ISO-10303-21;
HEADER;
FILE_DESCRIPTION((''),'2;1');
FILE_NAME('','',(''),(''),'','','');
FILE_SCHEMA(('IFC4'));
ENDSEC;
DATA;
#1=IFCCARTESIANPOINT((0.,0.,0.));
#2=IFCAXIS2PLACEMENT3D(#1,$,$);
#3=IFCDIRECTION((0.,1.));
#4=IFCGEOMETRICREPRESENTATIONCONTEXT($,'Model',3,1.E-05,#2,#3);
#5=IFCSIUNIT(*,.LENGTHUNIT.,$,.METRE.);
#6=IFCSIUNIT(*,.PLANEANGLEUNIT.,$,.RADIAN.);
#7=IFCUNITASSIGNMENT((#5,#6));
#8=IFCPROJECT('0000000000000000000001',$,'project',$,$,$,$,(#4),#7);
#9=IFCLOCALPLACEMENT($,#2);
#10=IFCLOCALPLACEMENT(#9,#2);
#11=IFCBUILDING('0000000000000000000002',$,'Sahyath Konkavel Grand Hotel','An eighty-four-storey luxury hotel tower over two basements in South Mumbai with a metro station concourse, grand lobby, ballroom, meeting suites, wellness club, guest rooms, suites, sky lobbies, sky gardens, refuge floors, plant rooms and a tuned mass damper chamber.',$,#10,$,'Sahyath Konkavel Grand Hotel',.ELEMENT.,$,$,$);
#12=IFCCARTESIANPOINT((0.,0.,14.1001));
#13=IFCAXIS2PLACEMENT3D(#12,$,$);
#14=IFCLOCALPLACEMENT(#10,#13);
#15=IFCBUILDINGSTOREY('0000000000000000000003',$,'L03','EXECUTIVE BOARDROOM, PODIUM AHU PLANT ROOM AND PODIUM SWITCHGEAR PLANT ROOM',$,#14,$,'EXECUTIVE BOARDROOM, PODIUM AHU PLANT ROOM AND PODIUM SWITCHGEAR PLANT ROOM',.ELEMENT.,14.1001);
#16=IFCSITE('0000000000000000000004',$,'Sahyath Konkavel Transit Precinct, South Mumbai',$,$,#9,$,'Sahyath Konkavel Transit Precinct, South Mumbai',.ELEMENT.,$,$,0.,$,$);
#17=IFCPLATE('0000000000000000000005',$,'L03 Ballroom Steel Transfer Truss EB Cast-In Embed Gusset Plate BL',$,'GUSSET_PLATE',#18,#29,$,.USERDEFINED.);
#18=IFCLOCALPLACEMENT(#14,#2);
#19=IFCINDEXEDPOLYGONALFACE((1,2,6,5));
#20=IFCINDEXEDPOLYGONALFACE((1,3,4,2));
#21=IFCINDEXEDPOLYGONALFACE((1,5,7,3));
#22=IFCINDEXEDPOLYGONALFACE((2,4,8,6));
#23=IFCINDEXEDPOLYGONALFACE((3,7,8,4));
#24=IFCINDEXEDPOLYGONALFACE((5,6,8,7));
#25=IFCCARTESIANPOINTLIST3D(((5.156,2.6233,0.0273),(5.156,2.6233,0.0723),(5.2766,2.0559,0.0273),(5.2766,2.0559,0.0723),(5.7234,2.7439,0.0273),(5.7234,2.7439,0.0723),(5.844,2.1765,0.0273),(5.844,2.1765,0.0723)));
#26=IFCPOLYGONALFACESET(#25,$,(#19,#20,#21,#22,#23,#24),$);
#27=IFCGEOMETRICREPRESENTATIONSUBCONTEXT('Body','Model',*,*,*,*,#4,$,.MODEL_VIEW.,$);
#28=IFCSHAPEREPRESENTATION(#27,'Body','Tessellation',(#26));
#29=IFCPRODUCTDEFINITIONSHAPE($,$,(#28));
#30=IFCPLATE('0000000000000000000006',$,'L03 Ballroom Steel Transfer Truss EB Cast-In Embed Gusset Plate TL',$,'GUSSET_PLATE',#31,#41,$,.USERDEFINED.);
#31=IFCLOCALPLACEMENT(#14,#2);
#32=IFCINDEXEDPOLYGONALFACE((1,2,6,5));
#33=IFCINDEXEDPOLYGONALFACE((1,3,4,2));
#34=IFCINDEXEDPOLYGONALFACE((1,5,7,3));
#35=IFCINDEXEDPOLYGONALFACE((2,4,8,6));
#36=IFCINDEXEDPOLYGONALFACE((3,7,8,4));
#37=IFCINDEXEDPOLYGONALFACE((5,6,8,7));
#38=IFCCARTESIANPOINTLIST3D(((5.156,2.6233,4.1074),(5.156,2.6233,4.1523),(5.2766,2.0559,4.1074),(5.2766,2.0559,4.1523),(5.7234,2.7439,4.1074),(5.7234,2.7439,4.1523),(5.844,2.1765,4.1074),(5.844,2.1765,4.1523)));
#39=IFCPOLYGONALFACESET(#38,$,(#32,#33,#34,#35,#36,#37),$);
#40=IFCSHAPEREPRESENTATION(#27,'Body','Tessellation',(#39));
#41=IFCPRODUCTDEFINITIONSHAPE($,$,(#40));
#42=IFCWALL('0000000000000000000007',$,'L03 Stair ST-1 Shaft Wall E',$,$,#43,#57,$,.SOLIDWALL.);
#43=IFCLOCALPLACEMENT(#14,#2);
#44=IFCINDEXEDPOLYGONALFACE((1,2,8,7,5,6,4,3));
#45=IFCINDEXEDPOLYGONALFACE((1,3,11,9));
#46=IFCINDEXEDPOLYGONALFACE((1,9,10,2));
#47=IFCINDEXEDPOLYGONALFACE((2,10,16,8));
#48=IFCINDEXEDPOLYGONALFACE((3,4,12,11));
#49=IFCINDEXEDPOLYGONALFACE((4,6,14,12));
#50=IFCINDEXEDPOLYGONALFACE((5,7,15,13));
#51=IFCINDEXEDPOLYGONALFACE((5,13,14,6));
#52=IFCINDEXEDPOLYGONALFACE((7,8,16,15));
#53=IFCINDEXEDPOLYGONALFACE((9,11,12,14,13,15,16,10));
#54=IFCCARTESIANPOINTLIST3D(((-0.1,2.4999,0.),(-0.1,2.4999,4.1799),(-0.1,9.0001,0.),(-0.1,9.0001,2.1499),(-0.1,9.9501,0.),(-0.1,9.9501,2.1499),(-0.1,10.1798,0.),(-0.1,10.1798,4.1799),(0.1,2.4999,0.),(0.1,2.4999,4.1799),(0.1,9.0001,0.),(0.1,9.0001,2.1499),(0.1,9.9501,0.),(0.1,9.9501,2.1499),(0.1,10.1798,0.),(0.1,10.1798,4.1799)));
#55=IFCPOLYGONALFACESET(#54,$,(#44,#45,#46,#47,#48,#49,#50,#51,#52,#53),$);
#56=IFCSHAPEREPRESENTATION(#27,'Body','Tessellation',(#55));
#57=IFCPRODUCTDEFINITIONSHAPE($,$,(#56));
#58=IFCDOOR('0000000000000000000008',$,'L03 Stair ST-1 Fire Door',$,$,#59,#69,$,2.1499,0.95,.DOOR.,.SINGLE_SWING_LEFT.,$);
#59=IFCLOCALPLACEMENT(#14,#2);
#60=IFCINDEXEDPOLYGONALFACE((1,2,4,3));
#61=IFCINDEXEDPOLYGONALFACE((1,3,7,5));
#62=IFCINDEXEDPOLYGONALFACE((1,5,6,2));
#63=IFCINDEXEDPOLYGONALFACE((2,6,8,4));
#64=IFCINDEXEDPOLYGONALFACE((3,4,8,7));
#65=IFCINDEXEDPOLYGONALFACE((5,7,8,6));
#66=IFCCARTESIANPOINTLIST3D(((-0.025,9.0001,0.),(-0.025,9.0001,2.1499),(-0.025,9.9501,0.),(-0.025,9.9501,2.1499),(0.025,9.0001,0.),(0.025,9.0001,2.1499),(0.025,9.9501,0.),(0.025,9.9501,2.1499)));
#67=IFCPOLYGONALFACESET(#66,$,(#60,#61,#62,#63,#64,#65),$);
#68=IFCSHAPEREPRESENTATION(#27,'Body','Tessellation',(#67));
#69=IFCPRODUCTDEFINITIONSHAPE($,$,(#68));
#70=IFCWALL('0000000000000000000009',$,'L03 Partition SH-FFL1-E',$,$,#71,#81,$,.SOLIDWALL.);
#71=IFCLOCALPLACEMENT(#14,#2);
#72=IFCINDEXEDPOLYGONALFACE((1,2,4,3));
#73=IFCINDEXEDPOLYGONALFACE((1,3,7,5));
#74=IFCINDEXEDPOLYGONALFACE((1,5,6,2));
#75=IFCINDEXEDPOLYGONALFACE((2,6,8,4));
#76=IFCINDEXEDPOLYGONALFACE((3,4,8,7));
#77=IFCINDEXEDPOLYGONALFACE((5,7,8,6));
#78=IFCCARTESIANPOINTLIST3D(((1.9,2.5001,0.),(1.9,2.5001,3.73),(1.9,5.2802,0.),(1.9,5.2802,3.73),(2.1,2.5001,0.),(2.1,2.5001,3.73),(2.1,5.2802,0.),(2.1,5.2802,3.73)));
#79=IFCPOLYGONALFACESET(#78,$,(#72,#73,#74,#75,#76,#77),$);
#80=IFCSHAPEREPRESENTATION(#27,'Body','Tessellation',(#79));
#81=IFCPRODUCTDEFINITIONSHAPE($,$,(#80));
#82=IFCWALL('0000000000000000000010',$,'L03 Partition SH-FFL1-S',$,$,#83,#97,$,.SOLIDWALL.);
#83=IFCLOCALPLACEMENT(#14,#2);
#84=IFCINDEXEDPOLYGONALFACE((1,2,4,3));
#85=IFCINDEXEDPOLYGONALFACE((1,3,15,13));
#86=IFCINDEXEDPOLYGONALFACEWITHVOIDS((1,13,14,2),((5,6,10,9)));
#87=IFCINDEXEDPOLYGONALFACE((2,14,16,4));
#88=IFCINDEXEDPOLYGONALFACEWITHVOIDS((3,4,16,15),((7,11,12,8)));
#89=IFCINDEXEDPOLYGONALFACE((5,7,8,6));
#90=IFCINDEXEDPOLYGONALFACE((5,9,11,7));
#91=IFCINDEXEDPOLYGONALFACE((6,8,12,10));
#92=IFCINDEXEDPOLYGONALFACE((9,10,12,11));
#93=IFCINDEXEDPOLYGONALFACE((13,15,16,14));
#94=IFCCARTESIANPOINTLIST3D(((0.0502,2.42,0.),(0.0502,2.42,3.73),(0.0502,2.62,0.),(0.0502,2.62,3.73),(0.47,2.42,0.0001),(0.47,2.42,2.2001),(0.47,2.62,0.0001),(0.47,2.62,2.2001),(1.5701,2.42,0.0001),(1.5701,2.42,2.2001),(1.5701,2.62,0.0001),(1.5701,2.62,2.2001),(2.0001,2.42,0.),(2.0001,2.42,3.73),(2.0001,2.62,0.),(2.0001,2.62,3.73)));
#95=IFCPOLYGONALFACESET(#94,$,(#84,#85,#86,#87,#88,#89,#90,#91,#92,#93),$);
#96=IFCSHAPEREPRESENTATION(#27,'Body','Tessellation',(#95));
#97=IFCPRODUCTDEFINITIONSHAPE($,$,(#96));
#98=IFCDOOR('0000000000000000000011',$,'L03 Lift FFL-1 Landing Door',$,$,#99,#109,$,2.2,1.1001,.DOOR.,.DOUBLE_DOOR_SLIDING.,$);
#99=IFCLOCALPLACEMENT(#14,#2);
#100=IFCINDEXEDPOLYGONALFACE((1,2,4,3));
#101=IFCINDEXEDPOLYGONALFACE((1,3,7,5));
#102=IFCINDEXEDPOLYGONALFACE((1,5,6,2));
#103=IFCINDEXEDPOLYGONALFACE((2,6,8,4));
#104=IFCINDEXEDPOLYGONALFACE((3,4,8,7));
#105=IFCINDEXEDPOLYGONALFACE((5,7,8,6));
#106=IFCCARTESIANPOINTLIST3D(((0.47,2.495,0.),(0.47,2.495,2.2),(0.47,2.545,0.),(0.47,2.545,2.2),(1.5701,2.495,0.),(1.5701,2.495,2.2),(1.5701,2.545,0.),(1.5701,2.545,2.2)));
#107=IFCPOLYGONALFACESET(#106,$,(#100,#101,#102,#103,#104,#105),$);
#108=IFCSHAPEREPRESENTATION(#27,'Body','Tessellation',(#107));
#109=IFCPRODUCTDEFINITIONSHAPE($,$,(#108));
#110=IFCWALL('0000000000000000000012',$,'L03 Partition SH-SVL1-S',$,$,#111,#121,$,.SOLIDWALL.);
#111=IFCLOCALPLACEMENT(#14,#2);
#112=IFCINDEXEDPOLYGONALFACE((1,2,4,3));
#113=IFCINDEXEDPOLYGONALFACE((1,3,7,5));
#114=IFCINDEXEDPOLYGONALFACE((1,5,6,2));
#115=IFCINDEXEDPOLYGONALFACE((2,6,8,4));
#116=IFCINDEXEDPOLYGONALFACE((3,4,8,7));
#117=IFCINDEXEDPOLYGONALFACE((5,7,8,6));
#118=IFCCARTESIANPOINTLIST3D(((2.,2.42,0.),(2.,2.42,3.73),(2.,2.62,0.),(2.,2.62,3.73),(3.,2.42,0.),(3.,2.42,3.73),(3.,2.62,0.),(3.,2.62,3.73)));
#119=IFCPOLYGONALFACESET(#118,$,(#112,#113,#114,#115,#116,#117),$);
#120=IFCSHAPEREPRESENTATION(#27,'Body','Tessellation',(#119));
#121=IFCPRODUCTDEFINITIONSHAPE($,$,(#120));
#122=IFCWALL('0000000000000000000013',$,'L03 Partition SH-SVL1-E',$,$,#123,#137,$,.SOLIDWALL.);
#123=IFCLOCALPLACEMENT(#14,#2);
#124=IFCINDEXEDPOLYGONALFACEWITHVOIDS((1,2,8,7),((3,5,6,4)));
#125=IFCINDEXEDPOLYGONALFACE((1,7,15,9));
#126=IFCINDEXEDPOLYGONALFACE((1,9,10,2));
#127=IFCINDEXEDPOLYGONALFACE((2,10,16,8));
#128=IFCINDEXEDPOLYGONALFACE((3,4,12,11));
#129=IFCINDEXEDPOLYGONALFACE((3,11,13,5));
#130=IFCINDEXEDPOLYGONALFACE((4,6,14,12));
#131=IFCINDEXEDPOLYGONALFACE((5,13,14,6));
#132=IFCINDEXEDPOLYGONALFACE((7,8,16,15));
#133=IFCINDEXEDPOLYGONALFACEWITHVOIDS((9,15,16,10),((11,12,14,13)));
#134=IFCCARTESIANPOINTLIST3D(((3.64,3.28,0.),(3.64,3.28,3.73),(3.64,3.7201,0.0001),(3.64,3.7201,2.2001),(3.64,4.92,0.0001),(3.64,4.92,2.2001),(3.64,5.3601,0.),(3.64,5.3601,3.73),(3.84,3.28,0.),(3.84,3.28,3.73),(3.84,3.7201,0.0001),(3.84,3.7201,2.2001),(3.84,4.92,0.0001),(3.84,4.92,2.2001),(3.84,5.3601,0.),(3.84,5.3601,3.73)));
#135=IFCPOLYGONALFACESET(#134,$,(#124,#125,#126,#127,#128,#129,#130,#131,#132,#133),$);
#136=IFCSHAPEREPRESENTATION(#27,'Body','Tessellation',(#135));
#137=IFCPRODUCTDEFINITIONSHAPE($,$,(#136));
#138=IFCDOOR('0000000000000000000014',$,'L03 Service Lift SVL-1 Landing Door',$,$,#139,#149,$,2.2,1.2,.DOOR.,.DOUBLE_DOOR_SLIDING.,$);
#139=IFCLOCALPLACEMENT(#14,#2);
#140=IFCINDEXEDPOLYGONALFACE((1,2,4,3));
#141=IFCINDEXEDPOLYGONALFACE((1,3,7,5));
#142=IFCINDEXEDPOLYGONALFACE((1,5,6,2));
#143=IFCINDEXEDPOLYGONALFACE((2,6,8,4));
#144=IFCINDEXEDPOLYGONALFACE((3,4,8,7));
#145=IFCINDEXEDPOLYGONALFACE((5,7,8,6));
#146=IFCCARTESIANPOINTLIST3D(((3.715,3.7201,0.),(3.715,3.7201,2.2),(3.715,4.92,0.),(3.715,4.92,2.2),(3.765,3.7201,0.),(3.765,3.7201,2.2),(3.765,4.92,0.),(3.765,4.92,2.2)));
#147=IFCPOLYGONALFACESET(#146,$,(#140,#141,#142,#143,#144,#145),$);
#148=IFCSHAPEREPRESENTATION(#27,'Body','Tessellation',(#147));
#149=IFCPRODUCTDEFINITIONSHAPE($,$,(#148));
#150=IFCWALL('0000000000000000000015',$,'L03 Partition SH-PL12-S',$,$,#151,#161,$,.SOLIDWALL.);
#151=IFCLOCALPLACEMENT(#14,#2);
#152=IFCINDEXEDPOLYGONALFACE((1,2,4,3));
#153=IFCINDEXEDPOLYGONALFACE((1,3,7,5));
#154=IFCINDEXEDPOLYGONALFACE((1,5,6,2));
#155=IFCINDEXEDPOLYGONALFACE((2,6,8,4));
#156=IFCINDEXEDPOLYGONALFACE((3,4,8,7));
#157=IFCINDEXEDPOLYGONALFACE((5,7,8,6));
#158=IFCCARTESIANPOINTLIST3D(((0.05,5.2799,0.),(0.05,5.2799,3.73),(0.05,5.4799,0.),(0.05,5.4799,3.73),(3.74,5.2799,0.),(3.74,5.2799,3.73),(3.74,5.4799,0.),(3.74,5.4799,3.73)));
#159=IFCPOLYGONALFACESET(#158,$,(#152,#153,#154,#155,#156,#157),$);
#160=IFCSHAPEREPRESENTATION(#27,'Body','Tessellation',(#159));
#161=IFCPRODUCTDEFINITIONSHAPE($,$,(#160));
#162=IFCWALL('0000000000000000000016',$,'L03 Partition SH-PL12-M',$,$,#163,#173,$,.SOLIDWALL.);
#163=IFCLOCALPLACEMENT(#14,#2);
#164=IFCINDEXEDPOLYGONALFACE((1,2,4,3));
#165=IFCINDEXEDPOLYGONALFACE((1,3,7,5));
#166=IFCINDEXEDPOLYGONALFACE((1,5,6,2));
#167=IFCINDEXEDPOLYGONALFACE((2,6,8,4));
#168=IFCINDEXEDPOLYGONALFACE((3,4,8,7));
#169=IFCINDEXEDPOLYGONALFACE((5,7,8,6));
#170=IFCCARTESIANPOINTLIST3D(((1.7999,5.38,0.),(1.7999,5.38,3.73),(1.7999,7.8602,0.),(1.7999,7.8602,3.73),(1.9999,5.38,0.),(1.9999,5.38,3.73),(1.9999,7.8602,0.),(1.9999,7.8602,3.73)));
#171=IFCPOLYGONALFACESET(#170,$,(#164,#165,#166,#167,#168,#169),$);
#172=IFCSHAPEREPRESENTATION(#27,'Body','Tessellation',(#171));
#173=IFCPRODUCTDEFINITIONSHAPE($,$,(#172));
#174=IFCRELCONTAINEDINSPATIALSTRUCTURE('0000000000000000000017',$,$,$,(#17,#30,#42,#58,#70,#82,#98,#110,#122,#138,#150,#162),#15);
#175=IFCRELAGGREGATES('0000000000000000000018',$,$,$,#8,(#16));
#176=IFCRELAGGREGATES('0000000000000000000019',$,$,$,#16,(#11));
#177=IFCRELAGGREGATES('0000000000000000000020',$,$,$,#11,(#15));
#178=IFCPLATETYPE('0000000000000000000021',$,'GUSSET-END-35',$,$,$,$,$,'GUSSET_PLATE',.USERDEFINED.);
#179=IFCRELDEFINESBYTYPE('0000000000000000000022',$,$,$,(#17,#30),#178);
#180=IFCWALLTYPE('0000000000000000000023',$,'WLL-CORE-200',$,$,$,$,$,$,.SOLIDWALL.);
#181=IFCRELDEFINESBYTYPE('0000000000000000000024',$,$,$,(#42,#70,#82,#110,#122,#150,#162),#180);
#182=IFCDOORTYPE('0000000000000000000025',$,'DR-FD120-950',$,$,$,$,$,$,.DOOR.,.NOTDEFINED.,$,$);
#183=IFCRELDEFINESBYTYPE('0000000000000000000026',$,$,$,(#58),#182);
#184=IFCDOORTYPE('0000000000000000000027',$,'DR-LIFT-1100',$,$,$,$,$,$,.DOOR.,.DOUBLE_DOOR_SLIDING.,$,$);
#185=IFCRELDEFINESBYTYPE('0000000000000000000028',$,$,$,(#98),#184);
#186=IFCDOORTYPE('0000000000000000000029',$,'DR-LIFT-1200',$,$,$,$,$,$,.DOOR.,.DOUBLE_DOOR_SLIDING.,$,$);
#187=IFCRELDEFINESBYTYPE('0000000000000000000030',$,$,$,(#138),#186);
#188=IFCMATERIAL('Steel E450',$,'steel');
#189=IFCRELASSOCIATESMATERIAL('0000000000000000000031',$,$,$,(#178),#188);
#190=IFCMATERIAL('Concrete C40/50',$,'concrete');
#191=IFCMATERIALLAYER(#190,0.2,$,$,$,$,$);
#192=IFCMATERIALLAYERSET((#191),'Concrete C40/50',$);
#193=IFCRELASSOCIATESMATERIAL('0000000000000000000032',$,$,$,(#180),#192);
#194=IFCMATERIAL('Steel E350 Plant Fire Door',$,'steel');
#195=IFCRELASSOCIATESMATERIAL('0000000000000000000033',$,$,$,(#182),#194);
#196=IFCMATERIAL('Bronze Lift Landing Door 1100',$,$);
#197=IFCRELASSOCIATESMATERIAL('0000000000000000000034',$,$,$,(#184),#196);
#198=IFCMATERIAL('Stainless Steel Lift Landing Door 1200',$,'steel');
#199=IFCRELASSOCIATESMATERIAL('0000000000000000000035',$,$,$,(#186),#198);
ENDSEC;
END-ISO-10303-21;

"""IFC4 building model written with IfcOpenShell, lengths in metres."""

from ifc_helpers import new_model, si_unit, direction, frame, frame_2d, origin, origin_2d, place, context, subcontext, project, spatial, rectangle, extrude, source, transform, mapped, material, layer, layer_set, type_object, element, fill, save


model = new_model("IFC4")

# Units and contexts
model_context = context("Model", 3, precision=1e-05, world=origin(), true_north=direction((0.0, 1.0)))
body_context = subcontext(model_context, "Body", "Model", "MODEL_VIEW")
ifc_project = project(units=[si_unit("LENGTHUNIT", "METRE"), si_unit("PLANEANGLEUNIT", "RADIAN")], contexts=[model_context])

# Site, building, storey
site_placement = place(None, origin())
site = spatial("IfcSite", under=ifc_project, at=site_placement, Name="Sahyath Konkavel Transit Precinct, South Mumbai", LongName="Sahyath Konkavel Transit Precinct, South Mumbai", CompositionType="ELEMENT", RefElevation=0.0)
building_placement = place(site_placement, origin())
building = spatial("IfcBuilding", under=site, at=building_placement, Name="Sahyath Konkavel Grand Hotel", Description="An eighty-four-storey luxury hotel tower over two basements in South Mumbai with a metro station concourse, grand lobby, ballroom, meeting suites, wellness club, guest rooms, suites, sky lobbies, sky gardens, refuge floors, plant rooms and a tuned mass damper chamber.", LongName="Sahyath Konkavel Grand Hotel", CompositionType="ELEMENT")
storey_placement = place(building_placement, frame((0.0, 0.0, 14.1001)))
storey = spatial("IfcBuildingStorey", under=building, at=storey_placement, Name="L03", Description="EXECUTIVE BOARDROOM, PODIUM AHU PLANT ROOM AND PODIUM SWITCHGEAR PLANT ROOM", LongName="EXECUTIVE BOARDROOM, PODIUM AHU PLANT ROOM AND PODIUM SWITCHGEAR PLANT ROOM", CompositionType="ELEMENT", Elevation=14.1001)

# Shared definitions
ifc_material_1 = material(Name="Steel E450", Category="steel")

# Plates
plate_type = type_object("IfcPlateType", Name="GUSSET-END-35", ElementType="GUSSET_PLATE", PredefinedType="USERDEFINED", material=ifc_material_1)
shared_shape_1 = source(origin(), body_context, "Body", "SweptSolid", [
    extrude(rectangle(XDim=0.5801, YDim=0.5801, at=origin_2d()), origin(), (0.0, 0.0, 1.0), 0.0449),
])
for number, where, z_axis, x_axis, name in (
    (1, (5.5, 2.3999, 0.0273), (0.0, 0.0, 1.0), (0.978144, 0.207929, 0.0), "L03 Ballroom Steel Transfer Truss EB Cast-In Embed Gusset Plate BL"),
    (2, (5.5, 2.3999, 4.1074), (0.0, 0.0, 1.0), (0.978144, 0.207929, 0.0), "L03 Ballroom Steel Transfer Truss EB Cast-In Embed Gusset Plate TL"),
):
    element("IfcPlate", number, at=place(storey_placement, frame(where, z_axis=z_axis, x_axis=x_axis)), inside=storey, type_object=plate_type, Name=name, ObjectType="GUSSET_PLATE", PredefinedType="USERDEFINED", context=body_context, shape_type="MappedRepresentation", body=[
        mapped(shared_shape_1, transform((0.0, 0.0, 0.0), scale=1.0)),
    ])

# Wall, opening, door
ifc_material_2 = material(Name="Concrete C40/50", Category="concrete")
ifc_layer_1 = layer(ifc_material_2, 0.2)
ifc_layer_set_1 = layer_set([ifc_layer_1], Name="Concrete C40/50")
wall_type_1 = type_object("IfcWallType", Name="WLL-CORE-200", PredefinedType="SOLIDWALL", material=ifc_layer_set_1)
wall_1_placement = place(storey_placement, frame((0.0, 2.5, 0.0), z_axis=(0.0, 0.0, 1.0), x_axis=(0.0, 1.0, 0.0)))
wall_1 = element("IfcWall", 3, at=wall_1_placement, inside=storey, type_object=wall_type_1, Name="L03 Stair ST-1 Shaft Wall E", PredefinedType="SOLIDWALL", context=body_context, shape_type="SweptSolid", body=[
    extrude(rectangle(XDim=7.6799, YDim=0.2, at=frame_2d((3.8398, 0.0))), origin(), (0.0, 0.0, 1.0), 4.1799),
])
opening_1_placement = place(wall_1_placement, frame((6.5, 0.0, 0.0)))
opening_1 = element("IfcOpeningElement", 4, at=opening_1_placement, cuts=wall_1, PredefinedType="OPENING", context=body_context, shape_type="SweptSolid", body=[
    extrude(rectangle(XDim=0.95, YDim=2.1499, at=frame_2d((0.4751, 1.075))), frame((0.0, 0.1099, 0.0), z_axis=(0.0, -1.0, 0.0), x_axis=(1.0, 0.0, 0.0)), (0.0, 0.0, 1.0), 0.22),
])
ifc_material_3 = material(Name="Steel E350 Plant Fire Door", Category="steel")
door_type_1 = type_object("IfcDoorType", Name="DR-FD120-950", OperationType="NOTDEFINED", PredefinedType="DOOR", material=ifc_material_3)
shared_shape_2 = source(origin(), body_context, "Body", "SweptSolid", [
    extrude(rectangle(XDim=0.95, YDim=0.05, at=origin_2d()), origin(), (0.0, 0.0, 1.0), 2.1499),
])
door_1_placement = place(opening_1_placement, frame((0.4751, 0.0, 0.0)))
door_1 = element("IfcDoor", 5, at=door_1_placement, inside=storey, type_object=door_type_1, Name="L03 Stair ST-1 Fire Door", OperationType="SINGLE_SWING_LEFT", OverallHeight=2.1499, OverallWidth=0.95, PredefinedType="DOOR", context=body_context, shape_type="MappedRepresentation", body=[
    mapped(shared_shape_2, transform((0.0, 0.0, 0.0), scale=1.0)),
])
fill(opening_1, door_1)

# Wall
wall_2_placement = place(storey_placement, frame((2.0, 2.5, 0.0), z_axis=(0.0, 0.0, 1.0), x_axis=(0.0, 1.0, 0.0)))
element("IfcWall", 6, at=wall_2_placement, inside=storey, type_object=wall_type_1, Name="L03 Partition SH-FFL1-E", PredefinedType="SOLIDWALL", context=body_context, shape_type="SweptSolid", body=[
    extrude(rectangle(XDim=2.78, YDim=0.2, at=frame_2d((1.3901, 0.0))), origin(), (0.0, 0.0, 1.0), 3.73),
])

# Wall, opening, door
wall_3_placement = place(storey_placement, frame((0.05, 2.52, 0.0), z_axis=(0.0, 0.0, 1.0), x_axis=(1.0, 0.0, 0.0)))
wall_3 = element("IfcWall", 7, at=wall_3_placement, inside=storey, type_object=wall_type_1, Name="L03 Partition SH-FFL1-S", PredefinedType="SOLIDWALL", context=body_context, shape_type="SweptSolid", body=[
    extrude(rectangle(XDim=1.95, YDim=0.2, at=frame_2d((0.9751, 0.0))), origin(), (0.0, 0.0, 1.0), 3.73),
])
opening_2_placement = place(wall_3_placement, frame((0.4199, 0.0, 0.0)))
opening_2 = element("IfcOpeningElement", 8, at=opening_2_placement, cuts=wall_3, PredefinedType="OPENING", context=body_context, shape_type="SweptSolid", body=[
    extrude(rectangle(XDim=1.1001, YDim=2.2, at=frame_2d((0.55, 1.1001))), frame((0.0, 0.1099, 0.0), z_axis=(0.0, -1.0, 0.0), x_axis=(1.0, 0.0, 0.0)), (0.0, 0.0, 1.0), 0.22),
])
ifc_material_4 = material(Name="Bronze Lift Landing Door 1100")
door_type_2 = type_object("IfcDoorType", Name="DR-LIFT-1100", OperationType="DOUBLE_DOOR_SLIDING", PredefinedType="DOOR", material=ifc_material_4)
shared_shape_3 = source(origin(), body_context, "Body", "SweptSolid", [
    extrude(rectangle(XDim=1.1001, YDim=0.05, at=origin_2d()), origin(), (0.0, 0.0, 1.0), 2.2),
])
door_2_placement = place(opening_2_placement, frame((0.55, 0.0, 0.0)))
door_2 = element("IfcDoor", 9, at=door_2_placement, inside=storey, type_object=door_type_2, Name="L03 Lift FFL-1 Landing Door", OperationType="DOUBLE_DOOR_SLIDING", OverallHeight=2.2, OverallWidth=1.1001, PredefinedType="DOOR", context=body_context, shape_type="MappedRepresentation", body=[
    mapped(shared_shape_3, transform((0.0, 0.0, 0.0), scale=1.0)),
])
fill(opening_2, door_2)

# Wall
wall_4_placement = place(storey_placement, frame((2.0, 2.52, 0.0), z_axis=(0.0, 0.0, 1.0), x_axis=(1.0, 0.0, 0.0)))
element("IfcWall", 10, at=wall_4_placement, inside=storey, type_object=wall_type_1, Name="L03 Partition SH-SVL1-S", PredefinedType="SOLIDWALL", context=body_context, shape_type="SweptSolid", body=[
    extrude(rectangle(XDim=1.0, YDim=0.2, at=frame_2d((0.5, 0.0))), origin(), (0.0, 0.0, 1.0), 3.73),
])

# Wall, opening, door
wall_5_placement = place(storey_placement, frame((3.74, 3.28, 0.0), z_axis=(0.0, 0.0, 1.0), x_axis=(0.0, 1.0, 0.0)))
wall_5 = element("IfcWall", 11, at=wall_5_placement, inside=storey, type_object=wall_type_1, Name="L03 Partition SH-SVL1-E", PredefinedType="SOLIDWALL", context=body_context, shape_type="SweptSolid", body=[
    extrude(rectangle(XDim=2.0801, YDim=0.2, at=frame_2d((1.04, 0.0))), origin(), (0.0, 0.0, 1.0), 3.73),
])
opening_3_placement = place(wall_5_placement, frame((0.4399, 0.0, 0.0)))
opening_3 = element("IfcOpeningElement", 12, at=opening_3_placement, cuts=wall_5, PredefinedType="OPENING", context=body_context, shape_type="SweptSolid", body=[
    extrude(rectangle(XDim=1.2, YDim=2.2, at=frame_2d((0.6001, 1.1001))), frame((0.0, 0.1099, 0.0), z_axis=(0.0, -1.0, 0.0), x_axis=(1.0, 0.0, 0.0)), (0.0, 0.0, 1.0), 0.22),
])
ifc_material_5 = material(Name="Stainless Steel Lift Landing Door 1200", Category="steel")
door_type_3 = type_object("IfcDoorType", Name="DR-LIFT-1200", OperationType="DOUBLE_DOOR_SLIDING", PredefinedType="DOOR", material=ifc_material_5)
shared_shape_4 = source(origin(), body_context, "Body", "SweptSolid", [
    extrude(rectangle(XDim=1.2, YDim=0.05, at=origin_2d()), origin(), (0.0, 0.0, 1.0), 2.2),
])
door_3_placement = place(opening_3_placement, frame((0.6001, 0.0, 0.0)))
door_3 = element("IfcDoor", 13, at=door_3_placement, inside=storey, type_object=door_type_3, Name="L03 Service Lift SVL-1 Landing Door", OperationType="DOUBLE_DOOR_SLIDING", OverallHeight=2.2, OverallWidth=1.2, PredefinedType="DOOR", context=body_context, shape_type="MappedRepresentation", body=[
    mapped(shared_shape_4, transform((0.0, 0.0, 0.0), scale=1.0)),
])
fill(opening_3, door_3)

# Walls
wall_6_placement = place(storey_placement, frame((0.05, 5.3799, 0.0), z_axis=(0.0, 0.0, 1.0), x_axis=(1.0, 0.0, 0.0)))
element("IfcWall", 14, at=wall_6_placement, inside=storey, type_object=wall_type_1, Name="L03 Partition SH-PL12-S", PredefinedType="SOLIDWALL", context=body_context, shape_type="SweptSolid", body=[
    extrude(rectangle(XDim=3.6899, YDim=0.2, at=frame_2d((1.845, 0.0))), origin(), (0.0, 0.0, 1.0), 3.73),
])
wall_7_placement = place(storey_placement, frame((1.8999, 5.3799, 0.0), z_axis=(0.0, 0.0, 1.0), x_axis=(0.0, 1.0, 0.0)))
element("IfcWall", 15, at=wall_7_placement, inside=storey, type_object=wall_type_1, Name="L03 Partition SH-PL12-M", PredefinedType="SOLIDWALL", context=body_context, shape_type="SweptSolid", body=[
    extrude(rectangle(XDim=2.4802, YDim=0.2, at=frame_2d((1.2402, 0.0))), origin(), (0.0, 0.0, 1.0), 3.73),
])

save(model, "model.ifc")
